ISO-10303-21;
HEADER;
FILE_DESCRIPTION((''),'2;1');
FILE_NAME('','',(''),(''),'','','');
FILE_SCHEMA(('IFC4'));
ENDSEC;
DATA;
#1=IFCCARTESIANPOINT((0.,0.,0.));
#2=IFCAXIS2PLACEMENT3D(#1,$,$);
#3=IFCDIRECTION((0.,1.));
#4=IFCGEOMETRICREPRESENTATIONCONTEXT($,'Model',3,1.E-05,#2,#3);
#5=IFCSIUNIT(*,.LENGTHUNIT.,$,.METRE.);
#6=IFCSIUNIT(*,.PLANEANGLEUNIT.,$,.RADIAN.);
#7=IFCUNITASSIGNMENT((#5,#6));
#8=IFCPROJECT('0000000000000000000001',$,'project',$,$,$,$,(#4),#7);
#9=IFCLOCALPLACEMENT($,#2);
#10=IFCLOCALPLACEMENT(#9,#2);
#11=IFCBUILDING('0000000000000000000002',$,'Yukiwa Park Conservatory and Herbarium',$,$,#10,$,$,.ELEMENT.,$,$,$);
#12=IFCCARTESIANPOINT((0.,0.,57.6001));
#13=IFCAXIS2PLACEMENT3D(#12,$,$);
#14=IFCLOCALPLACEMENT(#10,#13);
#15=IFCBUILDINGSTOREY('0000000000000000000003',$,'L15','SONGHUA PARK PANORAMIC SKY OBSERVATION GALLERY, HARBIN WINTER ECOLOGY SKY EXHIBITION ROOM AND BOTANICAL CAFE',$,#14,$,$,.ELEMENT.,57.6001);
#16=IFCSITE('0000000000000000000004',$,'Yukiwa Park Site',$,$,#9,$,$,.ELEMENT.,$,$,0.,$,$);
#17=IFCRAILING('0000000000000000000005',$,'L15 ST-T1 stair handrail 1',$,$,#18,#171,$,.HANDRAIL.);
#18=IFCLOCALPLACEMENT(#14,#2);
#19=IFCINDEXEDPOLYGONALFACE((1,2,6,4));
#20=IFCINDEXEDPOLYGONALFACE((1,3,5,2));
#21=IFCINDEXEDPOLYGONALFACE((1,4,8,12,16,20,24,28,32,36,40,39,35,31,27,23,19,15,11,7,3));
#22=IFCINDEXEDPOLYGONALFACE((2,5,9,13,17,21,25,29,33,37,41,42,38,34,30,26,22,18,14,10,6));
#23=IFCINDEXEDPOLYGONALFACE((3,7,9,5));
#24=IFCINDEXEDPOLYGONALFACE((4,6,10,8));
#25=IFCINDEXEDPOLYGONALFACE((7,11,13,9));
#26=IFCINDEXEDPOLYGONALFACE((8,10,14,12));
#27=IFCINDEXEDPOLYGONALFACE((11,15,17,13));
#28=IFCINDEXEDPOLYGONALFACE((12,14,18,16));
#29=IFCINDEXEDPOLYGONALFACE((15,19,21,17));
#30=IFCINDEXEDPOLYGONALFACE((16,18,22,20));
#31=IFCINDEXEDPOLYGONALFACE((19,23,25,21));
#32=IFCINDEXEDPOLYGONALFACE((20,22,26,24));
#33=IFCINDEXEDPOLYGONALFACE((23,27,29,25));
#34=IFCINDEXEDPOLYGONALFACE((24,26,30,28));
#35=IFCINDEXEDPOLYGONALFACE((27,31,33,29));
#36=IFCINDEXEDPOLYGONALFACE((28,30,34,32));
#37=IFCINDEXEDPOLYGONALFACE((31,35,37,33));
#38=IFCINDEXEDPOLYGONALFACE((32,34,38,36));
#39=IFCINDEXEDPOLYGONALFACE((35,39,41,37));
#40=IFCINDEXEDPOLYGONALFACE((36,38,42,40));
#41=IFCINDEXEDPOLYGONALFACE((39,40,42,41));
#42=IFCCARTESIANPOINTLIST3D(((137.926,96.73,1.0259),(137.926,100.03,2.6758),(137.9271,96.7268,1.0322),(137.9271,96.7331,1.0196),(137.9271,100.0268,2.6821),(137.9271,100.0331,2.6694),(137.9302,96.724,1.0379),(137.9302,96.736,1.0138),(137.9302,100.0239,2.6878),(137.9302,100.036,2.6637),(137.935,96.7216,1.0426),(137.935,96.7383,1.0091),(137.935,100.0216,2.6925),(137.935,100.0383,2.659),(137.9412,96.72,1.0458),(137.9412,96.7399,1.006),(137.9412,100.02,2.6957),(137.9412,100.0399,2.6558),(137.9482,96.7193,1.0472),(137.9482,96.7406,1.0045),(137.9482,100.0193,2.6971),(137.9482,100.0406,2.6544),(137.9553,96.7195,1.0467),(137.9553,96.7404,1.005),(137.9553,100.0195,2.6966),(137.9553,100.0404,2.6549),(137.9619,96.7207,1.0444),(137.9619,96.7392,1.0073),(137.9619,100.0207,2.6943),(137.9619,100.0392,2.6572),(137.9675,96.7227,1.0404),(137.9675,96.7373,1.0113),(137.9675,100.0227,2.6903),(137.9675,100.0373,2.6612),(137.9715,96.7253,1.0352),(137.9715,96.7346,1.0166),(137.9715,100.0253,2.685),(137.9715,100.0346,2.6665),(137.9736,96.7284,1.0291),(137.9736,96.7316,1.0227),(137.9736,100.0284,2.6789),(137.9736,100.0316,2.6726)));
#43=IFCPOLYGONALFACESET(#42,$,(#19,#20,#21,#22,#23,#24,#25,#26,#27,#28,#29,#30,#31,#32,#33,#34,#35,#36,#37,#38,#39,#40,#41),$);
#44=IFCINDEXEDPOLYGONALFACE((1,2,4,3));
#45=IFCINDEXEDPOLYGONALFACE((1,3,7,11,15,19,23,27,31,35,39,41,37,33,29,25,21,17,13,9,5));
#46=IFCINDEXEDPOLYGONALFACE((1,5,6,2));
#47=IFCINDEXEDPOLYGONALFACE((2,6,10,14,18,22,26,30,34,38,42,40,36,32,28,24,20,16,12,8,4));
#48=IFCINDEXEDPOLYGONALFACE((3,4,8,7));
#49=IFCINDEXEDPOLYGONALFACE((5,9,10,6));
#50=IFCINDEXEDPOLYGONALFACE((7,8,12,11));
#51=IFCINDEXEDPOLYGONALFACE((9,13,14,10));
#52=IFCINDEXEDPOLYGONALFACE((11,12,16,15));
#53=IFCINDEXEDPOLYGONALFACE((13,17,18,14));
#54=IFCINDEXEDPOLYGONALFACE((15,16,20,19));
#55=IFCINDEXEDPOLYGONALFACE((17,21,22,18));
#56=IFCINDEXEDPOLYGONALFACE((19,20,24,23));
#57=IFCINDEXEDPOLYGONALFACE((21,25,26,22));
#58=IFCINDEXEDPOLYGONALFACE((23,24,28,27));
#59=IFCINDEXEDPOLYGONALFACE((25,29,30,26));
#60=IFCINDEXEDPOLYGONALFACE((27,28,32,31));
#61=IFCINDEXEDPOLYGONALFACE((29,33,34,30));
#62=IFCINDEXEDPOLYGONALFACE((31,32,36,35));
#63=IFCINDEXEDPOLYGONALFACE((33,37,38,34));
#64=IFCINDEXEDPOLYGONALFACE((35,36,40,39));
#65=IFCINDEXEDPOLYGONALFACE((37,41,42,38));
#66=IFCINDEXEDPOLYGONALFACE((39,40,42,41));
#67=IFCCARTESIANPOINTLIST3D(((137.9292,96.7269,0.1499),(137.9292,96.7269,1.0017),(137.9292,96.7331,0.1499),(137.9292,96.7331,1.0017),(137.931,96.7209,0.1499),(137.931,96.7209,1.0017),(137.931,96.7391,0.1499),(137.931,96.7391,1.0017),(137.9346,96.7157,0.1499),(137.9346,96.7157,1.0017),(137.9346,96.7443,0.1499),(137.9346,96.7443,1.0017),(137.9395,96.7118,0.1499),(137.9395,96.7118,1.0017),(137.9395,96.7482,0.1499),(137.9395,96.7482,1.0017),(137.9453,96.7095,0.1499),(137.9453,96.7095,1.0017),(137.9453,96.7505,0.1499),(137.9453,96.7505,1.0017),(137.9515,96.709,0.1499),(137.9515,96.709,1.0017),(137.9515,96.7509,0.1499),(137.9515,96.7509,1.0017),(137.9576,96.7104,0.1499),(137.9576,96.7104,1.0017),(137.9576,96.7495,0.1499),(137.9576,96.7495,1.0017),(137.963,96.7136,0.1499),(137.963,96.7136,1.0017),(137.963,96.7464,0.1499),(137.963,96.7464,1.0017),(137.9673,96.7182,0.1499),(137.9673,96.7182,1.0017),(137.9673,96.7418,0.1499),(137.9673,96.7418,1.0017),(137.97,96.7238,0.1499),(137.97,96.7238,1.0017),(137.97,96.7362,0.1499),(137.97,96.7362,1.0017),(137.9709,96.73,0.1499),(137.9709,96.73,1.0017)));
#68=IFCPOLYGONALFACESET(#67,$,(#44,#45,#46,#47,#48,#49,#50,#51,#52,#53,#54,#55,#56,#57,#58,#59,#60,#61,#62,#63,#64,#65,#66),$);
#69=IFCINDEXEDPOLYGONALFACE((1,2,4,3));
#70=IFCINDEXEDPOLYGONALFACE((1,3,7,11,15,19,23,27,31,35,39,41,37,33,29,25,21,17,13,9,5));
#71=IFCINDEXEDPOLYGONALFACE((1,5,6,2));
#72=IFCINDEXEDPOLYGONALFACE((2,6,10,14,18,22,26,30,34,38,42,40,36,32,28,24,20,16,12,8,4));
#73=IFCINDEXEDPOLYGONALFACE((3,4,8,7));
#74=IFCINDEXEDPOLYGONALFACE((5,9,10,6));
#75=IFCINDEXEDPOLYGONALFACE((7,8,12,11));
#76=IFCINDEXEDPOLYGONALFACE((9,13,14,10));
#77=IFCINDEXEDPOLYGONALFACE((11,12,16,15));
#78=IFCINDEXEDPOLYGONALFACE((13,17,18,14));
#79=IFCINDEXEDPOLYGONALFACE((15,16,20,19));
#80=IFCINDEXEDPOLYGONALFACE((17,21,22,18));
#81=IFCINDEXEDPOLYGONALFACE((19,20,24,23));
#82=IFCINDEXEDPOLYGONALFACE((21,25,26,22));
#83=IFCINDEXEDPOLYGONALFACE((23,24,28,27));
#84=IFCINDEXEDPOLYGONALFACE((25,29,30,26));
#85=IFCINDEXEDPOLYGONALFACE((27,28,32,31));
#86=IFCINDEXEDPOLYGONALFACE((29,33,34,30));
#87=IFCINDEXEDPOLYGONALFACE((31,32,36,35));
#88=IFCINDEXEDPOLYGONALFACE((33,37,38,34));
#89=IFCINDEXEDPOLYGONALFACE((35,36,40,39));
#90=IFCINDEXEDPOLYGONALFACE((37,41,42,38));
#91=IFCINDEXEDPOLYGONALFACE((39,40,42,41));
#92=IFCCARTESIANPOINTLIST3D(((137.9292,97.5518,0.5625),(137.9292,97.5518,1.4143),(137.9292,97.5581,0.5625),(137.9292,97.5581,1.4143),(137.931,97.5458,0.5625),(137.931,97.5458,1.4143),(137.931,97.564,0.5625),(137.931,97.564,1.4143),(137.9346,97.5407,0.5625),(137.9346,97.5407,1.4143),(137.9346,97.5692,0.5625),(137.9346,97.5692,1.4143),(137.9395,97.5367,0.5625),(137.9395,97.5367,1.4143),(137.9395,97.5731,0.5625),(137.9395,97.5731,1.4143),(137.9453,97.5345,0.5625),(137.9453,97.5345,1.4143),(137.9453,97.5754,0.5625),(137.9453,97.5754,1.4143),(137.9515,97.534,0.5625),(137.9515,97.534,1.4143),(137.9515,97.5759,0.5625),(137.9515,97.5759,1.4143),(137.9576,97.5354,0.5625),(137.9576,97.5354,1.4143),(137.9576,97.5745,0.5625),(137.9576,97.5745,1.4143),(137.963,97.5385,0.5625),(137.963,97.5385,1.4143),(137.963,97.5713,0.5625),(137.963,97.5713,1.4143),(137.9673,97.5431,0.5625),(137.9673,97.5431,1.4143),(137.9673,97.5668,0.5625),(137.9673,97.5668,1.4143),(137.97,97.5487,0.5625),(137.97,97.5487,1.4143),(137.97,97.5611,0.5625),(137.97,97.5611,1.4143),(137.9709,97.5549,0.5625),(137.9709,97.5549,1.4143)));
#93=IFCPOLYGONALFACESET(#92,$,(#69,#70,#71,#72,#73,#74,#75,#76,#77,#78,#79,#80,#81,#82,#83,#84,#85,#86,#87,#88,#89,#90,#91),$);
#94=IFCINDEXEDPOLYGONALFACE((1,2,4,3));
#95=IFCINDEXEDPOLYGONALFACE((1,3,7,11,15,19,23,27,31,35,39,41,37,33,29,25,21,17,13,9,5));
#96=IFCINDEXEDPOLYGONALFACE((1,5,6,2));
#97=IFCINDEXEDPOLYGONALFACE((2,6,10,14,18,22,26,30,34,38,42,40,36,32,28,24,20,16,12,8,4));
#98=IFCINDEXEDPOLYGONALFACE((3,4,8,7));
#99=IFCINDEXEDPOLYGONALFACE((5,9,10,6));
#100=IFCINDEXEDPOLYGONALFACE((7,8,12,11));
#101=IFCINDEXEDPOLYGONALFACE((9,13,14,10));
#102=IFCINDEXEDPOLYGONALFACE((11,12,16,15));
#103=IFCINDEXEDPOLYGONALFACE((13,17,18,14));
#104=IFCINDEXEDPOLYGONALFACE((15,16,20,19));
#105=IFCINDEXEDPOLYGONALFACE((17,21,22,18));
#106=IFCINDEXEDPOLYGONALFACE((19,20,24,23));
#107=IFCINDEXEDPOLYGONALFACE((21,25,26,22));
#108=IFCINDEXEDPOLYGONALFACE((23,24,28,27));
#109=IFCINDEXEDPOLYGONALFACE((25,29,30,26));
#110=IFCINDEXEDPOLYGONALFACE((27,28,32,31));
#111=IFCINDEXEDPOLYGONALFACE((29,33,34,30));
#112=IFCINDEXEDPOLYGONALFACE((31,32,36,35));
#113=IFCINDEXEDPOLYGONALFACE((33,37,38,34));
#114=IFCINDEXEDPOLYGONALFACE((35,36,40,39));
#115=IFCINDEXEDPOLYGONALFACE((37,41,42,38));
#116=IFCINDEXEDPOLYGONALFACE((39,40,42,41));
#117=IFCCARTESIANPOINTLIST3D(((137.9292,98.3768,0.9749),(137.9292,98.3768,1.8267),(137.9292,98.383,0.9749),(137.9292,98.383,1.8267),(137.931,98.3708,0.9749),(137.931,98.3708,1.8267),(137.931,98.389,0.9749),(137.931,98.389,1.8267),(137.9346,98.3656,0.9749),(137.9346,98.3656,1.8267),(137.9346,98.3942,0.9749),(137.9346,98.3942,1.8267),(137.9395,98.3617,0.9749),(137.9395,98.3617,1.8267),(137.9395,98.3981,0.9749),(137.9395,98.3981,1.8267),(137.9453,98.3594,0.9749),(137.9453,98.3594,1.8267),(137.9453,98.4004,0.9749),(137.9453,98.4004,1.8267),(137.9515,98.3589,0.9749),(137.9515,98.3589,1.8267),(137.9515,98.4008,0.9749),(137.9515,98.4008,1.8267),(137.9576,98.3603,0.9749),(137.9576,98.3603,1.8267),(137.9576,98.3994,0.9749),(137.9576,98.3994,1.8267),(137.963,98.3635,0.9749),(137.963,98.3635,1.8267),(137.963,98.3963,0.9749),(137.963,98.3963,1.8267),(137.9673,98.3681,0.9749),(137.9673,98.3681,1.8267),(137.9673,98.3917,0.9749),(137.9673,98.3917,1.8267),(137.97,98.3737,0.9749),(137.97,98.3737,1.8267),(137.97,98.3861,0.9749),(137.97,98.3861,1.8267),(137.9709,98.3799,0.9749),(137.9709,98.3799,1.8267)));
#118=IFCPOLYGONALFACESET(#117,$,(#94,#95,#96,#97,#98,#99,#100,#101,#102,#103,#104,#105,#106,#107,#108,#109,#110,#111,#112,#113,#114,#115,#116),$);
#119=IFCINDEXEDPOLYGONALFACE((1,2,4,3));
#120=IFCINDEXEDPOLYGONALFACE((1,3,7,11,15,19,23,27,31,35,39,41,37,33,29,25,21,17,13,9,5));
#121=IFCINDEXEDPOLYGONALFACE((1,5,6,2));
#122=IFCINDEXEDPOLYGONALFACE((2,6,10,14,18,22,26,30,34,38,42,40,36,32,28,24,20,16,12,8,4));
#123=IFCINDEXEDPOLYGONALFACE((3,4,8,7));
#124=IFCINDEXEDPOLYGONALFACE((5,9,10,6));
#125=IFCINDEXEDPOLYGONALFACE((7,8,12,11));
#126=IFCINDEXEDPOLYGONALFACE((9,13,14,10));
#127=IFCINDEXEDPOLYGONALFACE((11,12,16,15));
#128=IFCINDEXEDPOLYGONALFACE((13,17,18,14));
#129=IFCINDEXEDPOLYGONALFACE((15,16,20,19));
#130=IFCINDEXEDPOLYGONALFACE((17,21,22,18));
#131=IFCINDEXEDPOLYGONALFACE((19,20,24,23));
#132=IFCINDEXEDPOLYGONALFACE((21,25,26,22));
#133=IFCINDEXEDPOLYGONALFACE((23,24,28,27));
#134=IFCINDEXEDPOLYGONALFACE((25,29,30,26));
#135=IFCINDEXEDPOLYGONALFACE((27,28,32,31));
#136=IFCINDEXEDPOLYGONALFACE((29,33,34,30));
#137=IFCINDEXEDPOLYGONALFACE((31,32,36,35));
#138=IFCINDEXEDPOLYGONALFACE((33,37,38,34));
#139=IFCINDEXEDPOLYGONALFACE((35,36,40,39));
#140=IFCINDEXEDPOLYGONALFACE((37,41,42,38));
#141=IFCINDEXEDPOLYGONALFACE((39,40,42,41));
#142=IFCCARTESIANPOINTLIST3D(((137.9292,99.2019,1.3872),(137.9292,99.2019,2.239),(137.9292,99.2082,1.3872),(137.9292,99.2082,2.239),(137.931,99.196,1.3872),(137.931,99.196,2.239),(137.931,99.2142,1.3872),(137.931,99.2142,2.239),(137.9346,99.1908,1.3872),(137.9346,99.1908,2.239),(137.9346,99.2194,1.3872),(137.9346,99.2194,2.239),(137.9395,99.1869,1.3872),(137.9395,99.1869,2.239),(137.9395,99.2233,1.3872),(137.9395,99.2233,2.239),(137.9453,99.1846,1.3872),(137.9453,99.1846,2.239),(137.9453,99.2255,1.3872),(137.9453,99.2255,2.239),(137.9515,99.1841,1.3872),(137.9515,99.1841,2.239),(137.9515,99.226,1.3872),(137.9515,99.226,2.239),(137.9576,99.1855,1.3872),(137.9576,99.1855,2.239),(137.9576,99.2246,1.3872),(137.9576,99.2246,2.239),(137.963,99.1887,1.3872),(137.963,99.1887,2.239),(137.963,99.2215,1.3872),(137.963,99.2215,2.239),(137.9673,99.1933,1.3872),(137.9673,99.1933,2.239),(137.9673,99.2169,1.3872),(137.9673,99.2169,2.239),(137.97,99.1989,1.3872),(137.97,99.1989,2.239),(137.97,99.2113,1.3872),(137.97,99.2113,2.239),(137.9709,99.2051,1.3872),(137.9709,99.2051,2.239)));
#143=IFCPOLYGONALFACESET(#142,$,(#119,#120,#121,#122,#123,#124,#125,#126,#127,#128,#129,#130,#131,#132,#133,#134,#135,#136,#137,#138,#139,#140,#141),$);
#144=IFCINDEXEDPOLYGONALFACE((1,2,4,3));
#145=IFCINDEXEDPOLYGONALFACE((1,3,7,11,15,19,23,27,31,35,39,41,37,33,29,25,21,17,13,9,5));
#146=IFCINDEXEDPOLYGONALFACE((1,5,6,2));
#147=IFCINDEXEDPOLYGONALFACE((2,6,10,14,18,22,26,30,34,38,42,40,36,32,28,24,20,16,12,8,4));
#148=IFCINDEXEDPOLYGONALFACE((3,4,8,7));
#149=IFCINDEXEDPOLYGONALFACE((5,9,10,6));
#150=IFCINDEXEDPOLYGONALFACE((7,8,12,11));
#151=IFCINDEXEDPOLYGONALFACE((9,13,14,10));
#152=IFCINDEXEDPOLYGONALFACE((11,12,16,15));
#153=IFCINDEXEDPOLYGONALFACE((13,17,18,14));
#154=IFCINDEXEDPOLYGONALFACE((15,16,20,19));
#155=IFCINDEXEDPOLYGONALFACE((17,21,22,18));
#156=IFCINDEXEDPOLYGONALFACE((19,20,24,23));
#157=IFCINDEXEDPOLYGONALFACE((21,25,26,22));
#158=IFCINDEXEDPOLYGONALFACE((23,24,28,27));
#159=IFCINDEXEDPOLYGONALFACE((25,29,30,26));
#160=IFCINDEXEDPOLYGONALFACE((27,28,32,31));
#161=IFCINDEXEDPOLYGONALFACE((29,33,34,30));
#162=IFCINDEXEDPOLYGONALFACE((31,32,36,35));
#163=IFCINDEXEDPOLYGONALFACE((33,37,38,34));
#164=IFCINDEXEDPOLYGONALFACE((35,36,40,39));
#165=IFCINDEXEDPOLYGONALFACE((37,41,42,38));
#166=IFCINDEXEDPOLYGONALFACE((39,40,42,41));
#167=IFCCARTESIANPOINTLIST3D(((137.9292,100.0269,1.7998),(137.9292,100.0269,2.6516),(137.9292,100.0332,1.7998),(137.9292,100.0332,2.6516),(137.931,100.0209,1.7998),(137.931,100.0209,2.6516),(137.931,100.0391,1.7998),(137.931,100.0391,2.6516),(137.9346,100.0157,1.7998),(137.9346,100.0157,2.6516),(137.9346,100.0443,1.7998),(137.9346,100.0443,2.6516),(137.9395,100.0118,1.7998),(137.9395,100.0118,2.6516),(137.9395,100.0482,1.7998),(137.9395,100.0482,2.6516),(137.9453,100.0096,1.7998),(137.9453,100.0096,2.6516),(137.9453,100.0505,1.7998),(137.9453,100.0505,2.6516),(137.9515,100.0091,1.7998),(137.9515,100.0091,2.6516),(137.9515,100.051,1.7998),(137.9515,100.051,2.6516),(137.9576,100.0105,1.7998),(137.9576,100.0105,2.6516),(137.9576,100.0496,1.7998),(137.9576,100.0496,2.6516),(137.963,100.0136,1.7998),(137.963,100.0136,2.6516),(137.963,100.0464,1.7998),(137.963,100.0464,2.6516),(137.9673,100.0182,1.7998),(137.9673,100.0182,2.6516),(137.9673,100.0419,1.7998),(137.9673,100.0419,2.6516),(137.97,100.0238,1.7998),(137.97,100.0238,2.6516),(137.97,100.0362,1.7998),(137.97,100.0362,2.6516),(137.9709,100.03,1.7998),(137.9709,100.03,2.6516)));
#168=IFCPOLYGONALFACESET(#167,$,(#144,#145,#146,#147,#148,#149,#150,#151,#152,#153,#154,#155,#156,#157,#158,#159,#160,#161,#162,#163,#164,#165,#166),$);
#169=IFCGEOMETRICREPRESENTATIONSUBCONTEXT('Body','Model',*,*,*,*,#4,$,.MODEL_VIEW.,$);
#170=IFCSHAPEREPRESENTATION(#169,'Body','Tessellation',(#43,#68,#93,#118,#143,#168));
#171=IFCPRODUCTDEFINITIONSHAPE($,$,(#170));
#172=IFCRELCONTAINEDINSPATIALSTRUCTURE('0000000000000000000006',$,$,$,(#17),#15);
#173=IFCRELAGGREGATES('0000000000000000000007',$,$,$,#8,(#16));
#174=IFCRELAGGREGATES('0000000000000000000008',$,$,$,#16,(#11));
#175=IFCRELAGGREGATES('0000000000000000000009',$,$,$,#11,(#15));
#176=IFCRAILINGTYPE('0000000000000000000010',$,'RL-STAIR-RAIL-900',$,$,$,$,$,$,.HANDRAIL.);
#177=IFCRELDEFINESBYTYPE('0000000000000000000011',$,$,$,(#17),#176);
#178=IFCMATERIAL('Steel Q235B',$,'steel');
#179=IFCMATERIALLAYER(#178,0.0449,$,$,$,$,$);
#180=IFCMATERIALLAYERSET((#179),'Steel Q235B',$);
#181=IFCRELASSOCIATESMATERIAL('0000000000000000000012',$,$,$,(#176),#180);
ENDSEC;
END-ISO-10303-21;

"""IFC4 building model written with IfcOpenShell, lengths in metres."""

from ifc_helpers import new_model, si_unit, direction, frame, origin, origin_2d, place, context, subcontext, project, spatial, circle, extrude, material, layer, layer_set, type_object, element, save


model = new_model("IFC4")

# Units and contexts
model_context = context("Model", 3, precision=1e-05, world=origin(), true_north=direction((0.0, 1.0)))
body_context = subcontext(model_context, "Body", "Model", "MODEL_VIEW")
ifc_project = project(units=[si_unit("LENGTHUNIT", "METRE"), si_unit("PLANEANGLEUNIT", "RADIAN")], contexts=[model_context])

# Site, building, storey
site_placement = place(None, origin())
site = spatial("IfcSite", under=ifc_project, at=site_placement, Name="Yukiwa Park Site", CompositionType="ELEMENT", RefElevation=0.0)
building_placement = place(site_placement, origin())
building = spatial("IfcBuilding", under=site, at=building_placement, Name="Yukiwa Park Conservatory and Herbarium", CompositionType="ELEMENT")
storey_placement = place(building_placement, frame((0.0, 0.0, 57.6001)))
storey = spatial("IfcBuildingStorey", under=building, at=storey_placement, Name="L15", Description="SONGHUA PARK PANORAMIC SKY OBSERVATION GALLERY, HARBIN WINTER ECOLOGY SKY EXHIBITION ROOM AND BOTANICAL CAFE", CompositionType="ELEMENT", Elevation=57.6001)

# Railing
ifc_material_1 = material(Name="Steel Q235B", Category="steel")
ifc_layer_1 = layer(ifc_material_1, 0.0449)
ifc_layer_set_1 = layer_set([ifc_layer_1], Name="Steel Q235B")
railing_type_1 = type_object("IfcRailingType", Name="RL-STAIR-RAIL-900", PredefinedType="HANDRAIL", material=ifc_layer_set_1)
railing_1_placement = place(storey_placement, frame((137.95, 96.73, 0.1499)))
element("IfcRailing", 1, at=railing_1_placement, inside=storey, type_object=railing_type_1, Name="L15 ST-T1 stair handrail 1", PredefinedType="HANDRAIL", context=body_context, shape_type="SweptSolid", body=[
    extrude(circle(Radius=0.0239, at=origin_2d()), frame((0.0, 0.0, 0.876), z_axis=(0.0, 0.89444, 0.447187), x_axis=(-1.0, 0.0, 0.0)), (0.0, 0.0, 1.0), 3.6895),
    extrude(circle(Radius=0.021, at=origin_2d()), origin(), (0.0, 0.0, 1.0), 0.8518),
    extrude(circle(Radius=0.021, at=origin_2d()), frame((0.0, 0.825, 0.4126)), (0.0, 0.0, 1.0), 0.8518),
    extrude(circle(Radius=0.021, at=origin_2d()), frame((0.0, 1.6499, 0.825)), (0.0, 0.0, 1.0), 0.8518),
    extrude(circle(Radius=0.021, at=origin_2d()), frame((0.0, 2.4751, 1.2373)), (0.0, 0.0, 1.0), 0.8518),
    extrude(circle(Radius=0.021, at=origin_2d()), frame((0.0, 3.3, 1.6499)), (0.0, 0.0, 1.0), 0.8518),
])

save(model, "model.ifc")
